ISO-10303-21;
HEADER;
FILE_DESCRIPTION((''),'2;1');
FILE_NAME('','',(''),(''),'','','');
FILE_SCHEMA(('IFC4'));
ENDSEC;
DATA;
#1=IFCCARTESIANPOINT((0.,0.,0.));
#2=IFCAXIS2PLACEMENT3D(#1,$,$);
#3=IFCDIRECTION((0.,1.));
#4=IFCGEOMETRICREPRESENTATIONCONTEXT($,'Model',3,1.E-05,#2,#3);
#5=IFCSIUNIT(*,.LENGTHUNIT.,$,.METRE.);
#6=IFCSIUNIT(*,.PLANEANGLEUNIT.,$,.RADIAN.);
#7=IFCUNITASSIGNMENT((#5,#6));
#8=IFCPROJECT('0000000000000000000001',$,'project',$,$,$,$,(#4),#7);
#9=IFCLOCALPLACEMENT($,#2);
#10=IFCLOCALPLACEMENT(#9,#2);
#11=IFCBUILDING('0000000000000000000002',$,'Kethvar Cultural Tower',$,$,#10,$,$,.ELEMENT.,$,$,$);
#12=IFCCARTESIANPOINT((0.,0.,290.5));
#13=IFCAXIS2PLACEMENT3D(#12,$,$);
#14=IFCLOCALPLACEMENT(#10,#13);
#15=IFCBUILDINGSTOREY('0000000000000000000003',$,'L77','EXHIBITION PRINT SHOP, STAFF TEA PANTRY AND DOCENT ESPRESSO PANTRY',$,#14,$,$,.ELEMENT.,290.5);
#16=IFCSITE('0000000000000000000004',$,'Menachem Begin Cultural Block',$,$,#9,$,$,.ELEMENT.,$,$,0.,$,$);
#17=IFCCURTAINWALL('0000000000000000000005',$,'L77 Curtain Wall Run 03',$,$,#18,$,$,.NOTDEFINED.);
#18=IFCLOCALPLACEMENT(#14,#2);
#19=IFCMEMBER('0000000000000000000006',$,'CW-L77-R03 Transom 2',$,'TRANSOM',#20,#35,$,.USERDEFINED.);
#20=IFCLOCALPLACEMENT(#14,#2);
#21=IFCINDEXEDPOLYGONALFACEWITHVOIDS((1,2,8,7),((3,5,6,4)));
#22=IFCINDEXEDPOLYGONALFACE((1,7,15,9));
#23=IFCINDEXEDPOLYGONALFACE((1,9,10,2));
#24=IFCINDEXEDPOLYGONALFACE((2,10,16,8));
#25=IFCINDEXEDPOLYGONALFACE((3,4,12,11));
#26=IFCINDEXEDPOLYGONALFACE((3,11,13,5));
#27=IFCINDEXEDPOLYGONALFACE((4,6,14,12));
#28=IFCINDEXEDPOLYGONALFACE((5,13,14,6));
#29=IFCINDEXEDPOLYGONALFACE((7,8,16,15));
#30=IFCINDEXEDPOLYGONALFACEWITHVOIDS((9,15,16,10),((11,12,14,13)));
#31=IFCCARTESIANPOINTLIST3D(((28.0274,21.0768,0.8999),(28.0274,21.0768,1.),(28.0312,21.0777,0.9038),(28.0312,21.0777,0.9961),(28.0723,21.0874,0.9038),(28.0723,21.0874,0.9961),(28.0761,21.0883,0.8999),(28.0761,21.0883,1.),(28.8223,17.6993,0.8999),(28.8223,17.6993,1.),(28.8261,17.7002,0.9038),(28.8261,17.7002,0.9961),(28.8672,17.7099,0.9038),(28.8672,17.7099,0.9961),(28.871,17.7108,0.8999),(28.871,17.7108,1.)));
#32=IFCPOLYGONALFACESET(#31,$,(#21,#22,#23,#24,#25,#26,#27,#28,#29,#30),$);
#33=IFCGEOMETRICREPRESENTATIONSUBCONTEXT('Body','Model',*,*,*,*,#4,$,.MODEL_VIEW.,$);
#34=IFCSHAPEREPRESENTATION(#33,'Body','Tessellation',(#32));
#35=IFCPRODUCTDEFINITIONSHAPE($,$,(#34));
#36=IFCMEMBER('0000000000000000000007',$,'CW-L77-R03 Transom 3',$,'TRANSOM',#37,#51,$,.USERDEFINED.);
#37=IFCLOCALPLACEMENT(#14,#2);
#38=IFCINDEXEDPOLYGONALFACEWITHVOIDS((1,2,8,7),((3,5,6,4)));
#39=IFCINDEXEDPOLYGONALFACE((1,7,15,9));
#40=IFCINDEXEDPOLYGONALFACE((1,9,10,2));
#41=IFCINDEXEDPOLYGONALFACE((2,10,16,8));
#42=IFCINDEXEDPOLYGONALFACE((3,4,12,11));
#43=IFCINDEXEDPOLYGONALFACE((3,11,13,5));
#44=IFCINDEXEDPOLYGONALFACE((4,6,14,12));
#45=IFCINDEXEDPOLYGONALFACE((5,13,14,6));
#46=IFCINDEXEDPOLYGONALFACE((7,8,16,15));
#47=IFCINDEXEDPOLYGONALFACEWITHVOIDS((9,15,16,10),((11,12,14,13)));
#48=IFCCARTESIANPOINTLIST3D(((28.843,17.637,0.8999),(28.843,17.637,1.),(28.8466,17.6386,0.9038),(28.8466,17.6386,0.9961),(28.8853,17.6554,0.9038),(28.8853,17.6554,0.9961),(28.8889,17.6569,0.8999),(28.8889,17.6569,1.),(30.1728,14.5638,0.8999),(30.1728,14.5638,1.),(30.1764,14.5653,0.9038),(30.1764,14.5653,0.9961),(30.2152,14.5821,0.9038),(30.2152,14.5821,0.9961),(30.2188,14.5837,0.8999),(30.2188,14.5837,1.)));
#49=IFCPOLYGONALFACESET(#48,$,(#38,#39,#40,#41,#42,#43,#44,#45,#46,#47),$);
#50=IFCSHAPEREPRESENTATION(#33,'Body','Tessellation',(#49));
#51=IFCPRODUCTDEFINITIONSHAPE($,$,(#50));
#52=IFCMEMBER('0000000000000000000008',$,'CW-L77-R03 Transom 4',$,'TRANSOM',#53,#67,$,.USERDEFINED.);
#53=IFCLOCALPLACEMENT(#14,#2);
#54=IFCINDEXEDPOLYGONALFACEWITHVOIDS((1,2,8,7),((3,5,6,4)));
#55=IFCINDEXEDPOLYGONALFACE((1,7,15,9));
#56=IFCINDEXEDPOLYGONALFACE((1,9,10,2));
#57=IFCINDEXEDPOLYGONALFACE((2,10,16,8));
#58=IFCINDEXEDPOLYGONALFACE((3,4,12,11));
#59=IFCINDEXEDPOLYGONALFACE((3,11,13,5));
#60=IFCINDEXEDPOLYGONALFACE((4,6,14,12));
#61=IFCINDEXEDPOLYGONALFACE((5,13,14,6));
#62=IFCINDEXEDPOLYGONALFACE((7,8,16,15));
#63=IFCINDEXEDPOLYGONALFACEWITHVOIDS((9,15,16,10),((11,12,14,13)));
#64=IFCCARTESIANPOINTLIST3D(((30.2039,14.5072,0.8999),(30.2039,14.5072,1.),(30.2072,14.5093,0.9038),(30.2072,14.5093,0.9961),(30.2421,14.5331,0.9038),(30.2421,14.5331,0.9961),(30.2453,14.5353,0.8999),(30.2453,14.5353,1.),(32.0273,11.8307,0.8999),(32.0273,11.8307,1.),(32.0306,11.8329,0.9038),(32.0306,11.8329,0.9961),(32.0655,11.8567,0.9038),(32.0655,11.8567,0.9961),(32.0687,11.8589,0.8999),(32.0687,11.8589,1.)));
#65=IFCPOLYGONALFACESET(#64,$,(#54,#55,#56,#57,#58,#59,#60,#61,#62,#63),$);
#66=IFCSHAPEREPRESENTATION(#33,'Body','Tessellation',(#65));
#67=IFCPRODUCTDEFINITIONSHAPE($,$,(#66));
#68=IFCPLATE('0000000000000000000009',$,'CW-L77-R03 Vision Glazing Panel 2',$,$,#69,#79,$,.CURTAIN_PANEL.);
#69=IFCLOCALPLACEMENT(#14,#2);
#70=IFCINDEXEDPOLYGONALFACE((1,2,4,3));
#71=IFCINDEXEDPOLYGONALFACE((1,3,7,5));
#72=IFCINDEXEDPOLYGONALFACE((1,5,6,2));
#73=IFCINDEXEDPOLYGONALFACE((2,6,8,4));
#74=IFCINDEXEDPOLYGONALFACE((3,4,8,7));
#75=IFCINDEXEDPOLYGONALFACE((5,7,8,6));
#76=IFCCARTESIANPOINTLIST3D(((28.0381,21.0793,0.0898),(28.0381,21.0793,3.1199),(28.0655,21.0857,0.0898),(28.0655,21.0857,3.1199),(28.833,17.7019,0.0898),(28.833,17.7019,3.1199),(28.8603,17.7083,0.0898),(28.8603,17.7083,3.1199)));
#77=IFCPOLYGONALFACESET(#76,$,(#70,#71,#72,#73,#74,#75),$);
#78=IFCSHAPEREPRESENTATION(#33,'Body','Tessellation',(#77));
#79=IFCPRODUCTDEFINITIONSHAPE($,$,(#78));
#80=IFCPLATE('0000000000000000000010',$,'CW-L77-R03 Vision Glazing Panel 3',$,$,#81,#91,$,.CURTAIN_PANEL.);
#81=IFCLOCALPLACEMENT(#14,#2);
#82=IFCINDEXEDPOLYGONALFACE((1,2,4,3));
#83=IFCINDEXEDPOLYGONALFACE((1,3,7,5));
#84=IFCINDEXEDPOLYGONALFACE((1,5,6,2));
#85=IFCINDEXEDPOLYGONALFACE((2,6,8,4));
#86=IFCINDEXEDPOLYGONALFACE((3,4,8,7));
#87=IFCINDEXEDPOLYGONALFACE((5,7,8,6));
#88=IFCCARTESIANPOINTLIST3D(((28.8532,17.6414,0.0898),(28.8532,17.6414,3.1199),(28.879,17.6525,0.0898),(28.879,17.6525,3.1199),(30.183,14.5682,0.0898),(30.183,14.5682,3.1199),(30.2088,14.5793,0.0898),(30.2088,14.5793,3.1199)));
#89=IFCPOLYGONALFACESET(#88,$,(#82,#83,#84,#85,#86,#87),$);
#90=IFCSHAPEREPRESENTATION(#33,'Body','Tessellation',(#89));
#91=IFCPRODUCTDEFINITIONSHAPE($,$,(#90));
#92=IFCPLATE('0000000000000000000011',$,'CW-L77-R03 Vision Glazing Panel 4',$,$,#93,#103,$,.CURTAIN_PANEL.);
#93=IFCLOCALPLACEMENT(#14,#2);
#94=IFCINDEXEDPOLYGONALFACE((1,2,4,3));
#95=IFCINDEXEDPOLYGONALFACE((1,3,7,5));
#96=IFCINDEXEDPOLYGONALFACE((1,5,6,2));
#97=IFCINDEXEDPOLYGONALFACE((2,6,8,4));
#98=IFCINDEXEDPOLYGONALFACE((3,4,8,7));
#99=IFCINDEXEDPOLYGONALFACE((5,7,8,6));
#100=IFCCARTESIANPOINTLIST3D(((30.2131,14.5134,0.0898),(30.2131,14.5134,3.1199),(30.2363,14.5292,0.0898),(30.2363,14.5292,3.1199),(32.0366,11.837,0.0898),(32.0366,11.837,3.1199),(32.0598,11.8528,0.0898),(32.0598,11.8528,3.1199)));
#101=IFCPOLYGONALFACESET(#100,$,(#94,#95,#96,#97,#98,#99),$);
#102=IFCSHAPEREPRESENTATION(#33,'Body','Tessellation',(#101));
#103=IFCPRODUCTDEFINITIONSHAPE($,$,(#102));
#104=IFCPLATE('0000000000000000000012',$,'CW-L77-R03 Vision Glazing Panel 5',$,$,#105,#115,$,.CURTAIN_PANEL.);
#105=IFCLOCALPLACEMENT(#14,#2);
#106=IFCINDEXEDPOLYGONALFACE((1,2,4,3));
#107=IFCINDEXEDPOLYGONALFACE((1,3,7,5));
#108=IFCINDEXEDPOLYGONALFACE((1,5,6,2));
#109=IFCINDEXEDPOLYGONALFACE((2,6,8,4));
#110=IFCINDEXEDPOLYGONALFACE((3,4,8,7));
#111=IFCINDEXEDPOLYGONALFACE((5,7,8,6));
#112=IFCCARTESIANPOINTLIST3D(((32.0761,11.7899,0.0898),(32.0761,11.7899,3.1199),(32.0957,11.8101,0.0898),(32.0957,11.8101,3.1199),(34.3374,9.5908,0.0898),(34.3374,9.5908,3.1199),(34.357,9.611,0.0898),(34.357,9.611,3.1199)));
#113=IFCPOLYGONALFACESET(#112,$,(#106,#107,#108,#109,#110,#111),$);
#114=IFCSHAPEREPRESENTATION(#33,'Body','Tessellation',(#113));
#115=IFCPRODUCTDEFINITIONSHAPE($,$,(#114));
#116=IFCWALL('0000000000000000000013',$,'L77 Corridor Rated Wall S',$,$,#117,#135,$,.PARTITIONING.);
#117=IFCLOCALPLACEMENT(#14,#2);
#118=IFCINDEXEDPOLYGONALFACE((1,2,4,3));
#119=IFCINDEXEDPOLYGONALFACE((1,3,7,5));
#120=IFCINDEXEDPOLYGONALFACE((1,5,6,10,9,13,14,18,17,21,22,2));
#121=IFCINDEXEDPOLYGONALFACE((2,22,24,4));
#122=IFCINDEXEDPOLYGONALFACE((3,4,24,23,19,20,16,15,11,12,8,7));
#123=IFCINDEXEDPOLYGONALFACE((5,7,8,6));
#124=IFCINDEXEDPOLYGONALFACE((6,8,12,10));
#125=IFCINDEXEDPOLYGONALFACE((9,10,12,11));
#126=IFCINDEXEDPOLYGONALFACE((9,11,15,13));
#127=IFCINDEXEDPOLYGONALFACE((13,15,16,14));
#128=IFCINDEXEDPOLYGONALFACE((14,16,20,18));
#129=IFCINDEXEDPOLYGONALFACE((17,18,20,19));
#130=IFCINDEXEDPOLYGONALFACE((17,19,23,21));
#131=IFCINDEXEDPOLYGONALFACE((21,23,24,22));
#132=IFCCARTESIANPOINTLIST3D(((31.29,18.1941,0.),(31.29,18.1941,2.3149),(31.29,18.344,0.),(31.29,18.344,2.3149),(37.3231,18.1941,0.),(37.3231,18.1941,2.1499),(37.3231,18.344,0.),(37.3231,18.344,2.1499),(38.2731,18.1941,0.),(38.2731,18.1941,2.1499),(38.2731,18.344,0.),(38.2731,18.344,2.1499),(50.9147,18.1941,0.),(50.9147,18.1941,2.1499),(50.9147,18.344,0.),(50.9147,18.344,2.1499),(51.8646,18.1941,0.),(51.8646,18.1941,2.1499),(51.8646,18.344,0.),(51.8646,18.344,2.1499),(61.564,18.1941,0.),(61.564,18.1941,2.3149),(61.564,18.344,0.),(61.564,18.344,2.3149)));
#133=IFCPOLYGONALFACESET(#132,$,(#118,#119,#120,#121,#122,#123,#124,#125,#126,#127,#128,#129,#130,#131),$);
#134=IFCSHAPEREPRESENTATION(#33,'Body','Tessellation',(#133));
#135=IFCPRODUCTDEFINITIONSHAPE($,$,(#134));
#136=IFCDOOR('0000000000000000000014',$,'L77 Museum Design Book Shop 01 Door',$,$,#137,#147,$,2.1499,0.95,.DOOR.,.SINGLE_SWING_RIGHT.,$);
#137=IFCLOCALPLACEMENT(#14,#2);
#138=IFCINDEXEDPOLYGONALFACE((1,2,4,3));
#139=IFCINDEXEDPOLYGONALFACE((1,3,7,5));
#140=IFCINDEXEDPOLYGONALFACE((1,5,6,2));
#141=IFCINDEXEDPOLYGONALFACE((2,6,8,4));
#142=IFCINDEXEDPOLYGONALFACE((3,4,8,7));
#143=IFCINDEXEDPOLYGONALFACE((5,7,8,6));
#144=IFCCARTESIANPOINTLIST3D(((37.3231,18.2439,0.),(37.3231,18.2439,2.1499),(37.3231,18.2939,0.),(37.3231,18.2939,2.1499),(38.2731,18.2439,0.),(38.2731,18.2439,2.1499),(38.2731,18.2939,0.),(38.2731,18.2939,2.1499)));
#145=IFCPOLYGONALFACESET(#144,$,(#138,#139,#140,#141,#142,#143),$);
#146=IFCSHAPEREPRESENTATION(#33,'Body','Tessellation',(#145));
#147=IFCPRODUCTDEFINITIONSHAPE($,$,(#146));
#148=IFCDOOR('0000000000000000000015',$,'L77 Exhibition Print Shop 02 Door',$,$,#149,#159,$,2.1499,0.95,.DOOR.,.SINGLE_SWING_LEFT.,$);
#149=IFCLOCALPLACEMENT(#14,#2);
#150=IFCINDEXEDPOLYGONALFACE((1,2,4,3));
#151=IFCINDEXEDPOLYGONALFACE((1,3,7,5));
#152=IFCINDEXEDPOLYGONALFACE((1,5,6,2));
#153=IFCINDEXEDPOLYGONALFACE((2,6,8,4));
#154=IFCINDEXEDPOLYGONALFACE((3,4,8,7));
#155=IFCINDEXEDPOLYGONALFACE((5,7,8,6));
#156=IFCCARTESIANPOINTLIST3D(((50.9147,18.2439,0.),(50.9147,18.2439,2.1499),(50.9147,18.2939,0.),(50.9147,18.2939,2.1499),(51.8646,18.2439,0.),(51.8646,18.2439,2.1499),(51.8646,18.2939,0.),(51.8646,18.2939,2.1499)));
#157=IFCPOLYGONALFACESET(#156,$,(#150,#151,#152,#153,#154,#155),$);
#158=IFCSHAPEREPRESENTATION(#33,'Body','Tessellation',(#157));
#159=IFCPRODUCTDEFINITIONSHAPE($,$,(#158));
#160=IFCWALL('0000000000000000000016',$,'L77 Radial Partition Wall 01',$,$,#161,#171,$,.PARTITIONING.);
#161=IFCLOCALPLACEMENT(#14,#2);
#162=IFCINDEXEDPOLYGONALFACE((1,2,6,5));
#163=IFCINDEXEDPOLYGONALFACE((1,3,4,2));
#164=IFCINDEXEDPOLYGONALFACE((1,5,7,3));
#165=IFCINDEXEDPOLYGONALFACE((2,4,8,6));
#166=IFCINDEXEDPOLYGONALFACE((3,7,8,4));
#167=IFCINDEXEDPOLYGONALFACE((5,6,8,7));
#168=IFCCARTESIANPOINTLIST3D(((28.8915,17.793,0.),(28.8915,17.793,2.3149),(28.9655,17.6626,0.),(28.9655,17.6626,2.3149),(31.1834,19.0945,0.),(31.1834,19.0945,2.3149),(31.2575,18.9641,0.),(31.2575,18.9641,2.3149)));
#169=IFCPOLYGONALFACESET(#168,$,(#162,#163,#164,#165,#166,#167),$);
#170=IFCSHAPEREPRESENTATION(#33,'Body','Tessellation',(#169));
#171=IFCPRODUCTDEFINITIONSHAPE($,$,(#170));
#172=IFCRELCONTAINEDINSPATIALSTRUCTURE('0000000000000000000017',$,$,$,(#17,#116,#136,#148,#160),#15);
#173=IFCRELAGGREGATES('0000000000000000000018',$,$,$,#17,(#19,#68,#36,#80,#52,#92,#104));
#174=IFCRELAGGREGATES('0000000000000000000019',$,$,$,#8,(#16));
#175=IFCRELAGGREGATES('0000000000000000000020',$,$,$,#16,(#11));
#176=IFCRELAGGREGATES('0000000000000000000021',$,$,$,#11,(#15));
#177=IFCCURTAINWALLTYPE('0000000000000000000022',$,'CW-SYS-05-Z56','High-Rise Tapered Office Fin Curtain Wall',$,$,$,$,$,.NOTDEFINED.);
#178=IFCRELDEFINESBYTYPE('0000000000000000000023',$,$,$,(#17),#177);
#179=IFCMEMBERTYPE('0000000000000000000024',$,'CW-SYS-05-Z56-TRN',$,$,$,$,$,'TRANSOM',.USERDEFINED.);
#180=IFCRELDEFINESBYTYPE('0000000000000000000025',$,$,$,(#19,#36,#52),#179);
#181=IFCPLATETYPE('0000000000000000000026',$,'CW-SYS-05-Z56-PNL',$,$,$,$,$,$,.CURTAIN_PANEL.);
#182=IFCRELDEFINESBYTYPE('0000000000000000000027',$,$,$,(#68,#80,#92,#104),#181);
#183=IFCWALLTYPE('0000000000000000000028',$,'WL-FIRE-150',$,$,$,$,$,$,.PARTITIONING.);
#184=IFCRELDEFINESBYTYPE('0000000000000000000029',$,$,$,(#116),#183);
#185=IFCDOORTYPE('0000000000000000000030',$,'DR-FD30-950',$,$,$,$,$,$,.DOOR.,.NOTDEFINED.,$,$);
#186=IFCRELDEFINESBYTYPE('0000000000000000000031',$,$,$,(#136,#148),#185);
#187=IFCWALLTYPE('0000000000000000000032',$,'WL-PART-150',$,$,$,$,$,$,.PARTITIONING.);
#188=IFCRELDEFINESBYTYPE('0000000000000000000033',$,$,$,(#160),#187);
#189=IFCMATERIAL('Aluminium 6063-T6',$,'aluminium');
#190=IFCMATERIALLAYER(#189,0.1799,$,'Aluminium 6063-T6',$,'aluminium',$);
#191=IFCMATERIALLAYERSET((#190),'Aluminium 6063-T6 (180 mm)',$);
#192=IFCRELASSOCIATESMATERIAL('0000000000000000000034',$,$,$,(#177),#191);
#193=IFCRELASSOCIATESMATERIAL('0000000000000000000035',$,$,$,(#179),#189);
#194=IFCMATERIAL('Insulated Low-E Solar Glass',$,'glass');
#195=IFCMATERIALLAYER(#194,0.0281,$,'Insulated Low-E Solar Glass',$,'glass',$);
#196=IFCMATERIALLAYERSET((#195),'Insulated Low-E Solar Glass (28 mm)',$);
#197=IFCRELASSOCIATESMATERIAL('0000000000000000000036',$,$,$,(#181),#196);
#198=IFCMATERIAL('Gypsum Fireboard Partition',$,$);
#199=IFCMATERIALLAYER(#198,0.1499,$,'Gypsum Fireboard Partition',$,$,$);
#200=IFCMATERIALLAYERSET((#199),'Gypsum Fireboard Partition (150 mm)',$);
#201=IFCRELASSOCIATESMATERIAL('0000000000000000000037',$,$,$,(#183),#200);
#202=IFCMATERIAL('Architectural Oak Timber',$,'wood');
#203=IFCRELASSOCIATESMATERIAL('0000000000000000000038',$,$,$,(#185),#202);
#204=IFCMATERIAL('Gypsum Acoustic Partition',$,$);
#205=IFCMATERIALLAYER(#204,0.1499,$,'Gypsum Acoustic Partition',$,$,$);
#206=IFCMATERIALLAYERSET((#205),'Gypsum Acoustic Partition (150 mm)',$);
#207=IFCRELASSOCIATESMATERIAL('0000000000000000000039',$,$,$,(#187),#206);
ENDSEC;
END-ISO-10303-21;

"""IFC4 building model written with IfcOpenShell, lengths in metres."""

from ifc_helpers import new_model, si_unit, direction, frame, frame_2d, origin, origin_2d, place, context, subcontext, project, spatial, rectangle, hollow_rectangle, extrude, source, transform, mapped, material, layer, layer_set, material_profile, profile_set, type_object, element, fill, aggregate, save


model = new_model("IFC4")

# Units and contexts
model_context = context("Model", 3, precision=1e-05, world=origin(), true_north=direction((0.0, 1.0)))
body_context = subcontext(model_context, "Body", "Model", "MODEL_VIEW")
ifc_project = project(units=[si_unit("LENGTHUNIT", "METRE"), si_unit("PLANEANGLEUNIT", "RADIAN")], contexts=[model_context])

# Site, building, storey
site_placement = place(None, origin())
site = spatial("IfcSite", under=ifc_project, at=site_placement, Name="Menachem Begin Cultural Block", CompositionType="ELEMENT", RefElevation=0.0)
building_placement = place(site_placement, origin())
building = spatial("IfcBuilding", under=site, at=building_placement, Name="Kethvar Cultural Tower", CompositionType="ELEMENT")
storey_placement = place(building_placement, frame((0.0, 0.0, 290.5)))
storey = spatial("IfcBuildingStorey", under=building, at=storey_placement, Name="L77", Description="EXHIBITION PRINT SHOP, STAFF TEA PANTRY AND DOCENT ESPRESSO PANTRY", CompositionType="ELEMENT", Elevation=290.5)

# Curtain wall, members, plates
ifc_material_1 = material(Name="Aluminium 6063-T6", Category="aluminium")
ifc_layer_1 = layer(ifc_material_1, 0.1799, Name="Aluminium 6063-T6", Category="aluminium")
ifc_layer_set_1 = layer_set([ifc_layer_1], Name="Aluminium 6063-T6 (180 mm)")
curtain_wall_type = type_object("IfcCurtainWallType", Name="CW-SYS-05-Z56", Description="High-Rise Tapered Office Fin Curtain Wall", PredefinedType="NOTDEFINED", material=ifc_layer_set_1)
curtain_wall_placement = place(storey_placement, origin())
curtain_wall = element("IfcCurtainWall", 1, at=curtain_wall_placement, inside=storey, type_object=curtain_wall_type, Name="L77 Curtain Wall Run 03", PredefinedType="NOTDEFINED")
ifc_material_profile_1 = material_profile(ifc_material_1, hollow_rectangle(XDim=0.05, YDim=0.1001, WallThickness=0.0039, at=origin_2d()), Name="Aluminium 6063-T6 — RHS100x50x4")
ifc_profile_set_1 = profile_set([ifc_material_profile_1], Name="Aluminium 6063-T6 — RHS100x50x4")
member_type_1 = type_object("IfcMemberType", Name="CW-SYS-05-Z56-TRN", ElementType="TRANSOM", PredefinedType="USERDEFINED", material=ifc_profile_set_1)
shared_shape_1 = source(origin(), body_context, "Body", "SweptSolid", [
    extrude(hollow_rectangle(XDim=0.05, YDim=0.1001, WallThickness=0.0039, at=origin_2d()), origin(), (0.0, 0.0, 1.0), 3.4697),
])
member_1_placement = place(storey_placement, frame((28.0518, 21.0825, 0.95), z_axis=(0.229102, -0.973402, 0.0), x_axis=(0.973402, 0.229102, 0.0)))
member_1 = element("IfcMember", 2, at=member_1_placement, type_object=member_type_1, Name="CW-L77-R03 Transom 2", ObjectType="TRANSOM", PredefinedType="USERDEFINED", context=body_context, shape_type="MappedRepresentation", body=[
    mapped(shared_shape_1, transform((0.0, 0.0, 0.0), scale=1.0)),
])
shared_shape_2 = source(origin(), body_context, "Body", "SweptSolid", [
    extrude(hollow_rectangle(XDim=0.05, YDim=0.1001, WallThickness=0.0039, at=origin_2d()), origin(), (0.0, 0.0, 1.0), 3.3486),
])
member_2_placement = place(storey_placement, frame((28.866, 17.647, 0.95), z_axis=(0.397129, -0.917763, 0.0), x_axis=(0.917763, 0.397129, 0.0)))
member_2 = element("IfcMember", 3, at=member_2_placement, type_object=member_type_1, Name="CW-L77-R03 Transom 3", ObjectType="TRANSOM", PredefinedType="USERDEFINED", context=body_context, shape_type="MappedRepresentation", body=[
    mapped(shared_shape_2, transform((0.0, 0.0, 0.0), scale=1.0)),
])
shared_shape_3 = source(origin(), body_context, "Body", "SweptSolid", [
    extrude(hollow_rectangle(XDim=0.05, YDim=0.1001, WallThickness=0.0039, at=origin_2d()), origin(), (0.0, 0.0, 1.0), 3.2385),
])
member_3_placement = place(storey_placement, frame((30.2246, 14.5212, 0.95), z_axis=(0.56304, -0.82643, 0.0), x_axis=(0.82643, 0.56304, 0.0)))
member_3 = element("IfcMember", 4, at=member_3_placement, type_object=member_type_1, Name="CW-L77-R03 Transom 4", ObjectType="TRANSOM", PredefinedType="USERDEFINED", context=body_context, shape_type="MappedRepresentation", body=[
    mapped(shared_shape_3, transform((0.0, 0.0, 0.0), scale=1.0)),
])
ifc_material_2 = material(Name="Insulated Low-E Solar Glass", Category="glass")
ifc_layer_2 = layer(ifc_material_2, 0.0281, Name="Insulated Low-E Solar Glass", Category="glass")
ifc_layer_set_2 = layer_set([ifc_layer_2], Name="Insulated Low-E Solar Glass (28 mm)")
plate_type = type_object("IfcPlateType", Name="CW-SYS-05-Z56-PNL", PredefinedType="CURTAIN_PANEL", material=ifc_layer_set_2)
shared_shape_4 = source(origin(), body_context, "Body", "SweptSolid", [
    extrude(rectangle(XDim=3.4697, YDim=0.0281, at=origin_2d()), origin(), (0.0, 0.0, 1.0), 3.03),
])
plate_1_placement = place(storey_placement, frame((28.4492, 19.3938, 0.0898), z_axis=(0.0, 0.0, 1.0), x_axis=(0.229081, -0.973407, 0.0)))
plate_1 = element("IfcPlate", 5, at=plate_1_placement, type_object=plate_type, Name="CW-L77-R03 Vision Glazing Panel 2", PredefinedType="CURTAIN_PANEL", context=body_context, shape_type="MappedRepresentation", body=[
    mapped(shared_shape_4, transform((0.0, 0.0, 0.0), scale=1.0)),
])
shared_shape_5 = source(origin(), body_context, "Body", "SweptSolid", [
    extrude(rectangle(XDim=3.3486, YDim=0.0281, at=origin_2d()), origin(), (0.0, 0.0, 1.0), 3.03),
])
plate_2_placement = place(storey_placement, frame((29.531, 16.1104, 0.0898), z_axis=(0.0, 0.0, 1.0), x_axis=(0.397132, -0.917762, 0.0)))
plate_2 = element("IfcPlate", 6, at=plate_2_placement, type_object=plate_type, Name="CW-L77-R03 Vision Glazing Panel 3", PredefinedType="CURTAIN_PANEL", context=body_context, shape_type="MappedRepresentation", body=[
    mapped(shared_shape_5, transform((0.0, 0.0, 0.0), scale=1.0)),
])
shared_shape_6 = source(origin(), body_context, "Body", "SweptSolid", [
    extrude(rectangle(XDim=3.2385, YDim=0.0281, at=origin_2d()), origin(), (0.0, 0.0, 1.0), 3.03),
])
plate_3_placement = place(storey_placement, frame((31.1365, 13.1831, 0.0898), z_axis=(0.0, 0.0, 1.0), x_axis=(0.563065, -0.826413, 0.0)))
plate_3 = element("IfcPlate", 7, at=plate_3_placement, type_object=plate_type, Name="CW-L77-R03 Vision Glazing Panel 4", PredefinedType="CURTAIN_PANEL", context=body_context, shape_type="MappedRepresentation", body=[
    mapped(shared_shape_6, transform((0.0, 0.0, 0.0), scale=1.0)),
])
shared_shape_7 = source(origin(), body_context, "Body", "SweptSolid", [
    extrude(rectangle(XDim=3.1543, YDim=0.0281, at=origin_2d()), origin(), (0.0, 0.0, 1.0), 3.03),
])
plate_4_placement = place(storey_placement, frame((33.2166, 10.7004, 0.0898), z_axis=(0.0, 0.0, 1.0), x_axis=(0.716898, -0.697178, 0.0)))
plate_4 = element("IfcPlate", 8, at=plate_4_placement, type_object=plate_type, Name="CW-L77-R03 Vision Glazing Panel 5", PredefinedType="CURTAIN_PANEL", context=body_context, shape_type="MappedRepresentation", body=[
    mapped(shared_shape_7, transform((0.0, 0.0, 0.0), scale=1.0)),
])
aggregate(curtain_wall, [member_1, plate_1, member_2, plate_2, member_3, plate_3, plate_4])

# Wall, openings, doors
ifc_material_3 = material(Name="Gypsum Fireboard Partition")
ifc_layer_3 = layer(ifc_material_3, 0.1499, Name="Gypsum Fireboard Partition")
ifc_layer_set_3 = layer_set([ifc_layer_3], Name="Gypsum Fireboard Partition (150 mm)")
wall_type_1 = type_object("IfcWallType", Name="WL-FIRE-150", PredefinedType="PARTITIONING", material=ifc_layer_set_3)
wall_1_placement = place(storey_placement, frame((31.29, 18.269, 0.0), z_axis=(0.0, 0.0, 1.0), x_axis=(1.0, 0.0, 0.0)))
wall_1 = element("IfcWall", 9, at=wall_1_placement, inside=storey, type_object=wall_type_1, Name="L77 Corridor Rated Wall S", PredefinedType="PARTITIONING", context=body_context, shape_type="SweptSolid", body=[
    extrude(rectangle(XDim=30.2739, YDim=0.1499, at=frame_2d((15.137, 0.0))), origin(), (0.0, 0.0, 1.0), 2.3149),
])
opening_1_placement = place(wall_1_placement, frame((6.033, 0.0, 0.0)))
opening_1 = element("IfcOpeningElement", 10, at=opening_1_placement, cuts=wall_1, PredefinedType="OPENING", context=body_context, shape_type="SweptSolid", body=[
    extrude(rectangle(XDim=0.95, YDim=2.1499, at=frame_2d((0.4751, 1.075))), frame((0.0, 0.085, 0.0), z_axis=(0.0, -1.0, 0.0), x_axis=(1.0, 0.0, 0.0)), (0.0, 0.0, 1.0), 0.1699),
])
opening_2_placement = place(wall_1_placement, frame((19.6245, 0.0, 0.0)))
opening_2 = element("IfcOpeningElement", 11, at=opening_2_placement, cuts=wall_1, PredefinedType="OPENING", context=body_context, shape_type="SweptSolid", body=[
    extrude(rectangle(XDim=0.95, YDim=2.1499, at=frame_2d((0.4751, 1.075))), frame((0.0, 0.085, 0.0), z_axis=(0.0, -1.0, 0.0), x_axis=(1.0, 0.0, 0.0)), (0.0, 0.0, 1.0), 0.1699),
])
ifc_material_4 = material(Name="Architectural Oak Timber", Category="wood")
door_type = type_object("IfcDoorType", Name="DR-FD30-950", OperationType="NOTDEFINED", PredefinedType="DOOR", material=ifc_material_4)
shared_shape_8 = source(origin(), body_context, "Body", "SweptSolid", [
    extrude(rectangle(XDim=0.95, YDim=2.1499, at=frame_2d((0.4751, 1.075))), frame((0.0, 0.0249, 0.0), z_axis=(0.0, -1.0, 0.0), x_axis=(1.0, 0.0, 0.0)), (0.0, 0.0, 1.0), 0.05),
])
door_1_placement = place(opening_1_placement, origin())
door_1 = element("IfcDoor", 12, at=door_1_placement, inside=storey, type_object=door_type, Name="L77 Museum Design Book Shop 01 Door", OperationType="SINGLE_SWING_RIGHT", OverallHeight=2.1499, OverallWidth=0.95, PredefinedType="DOOR", context=body_context, shape_type="MappedRepresentation", body=[
    mapped(shared_shape_8, transform((0.0, 0.0, 0.0), scale=1.0)),
])
fill(opening_1, door_1)
door_2_placement = place(opening_2_placement, origin())
door_2 = element("IfcDoor", 13, at=door_2_placement, inside=storey, type_object=door_type, Name="L77 Exhibition Print Shop 02 Door", OperationType="SINGLE_SWING_LEFT", OverallHeight=2.1499, OverallWidth=0.95, PredefinedType="DOOR", context=body_context, shape_type="MappedRepresentation", body=[
    mapped(shared_shape_8, transform((0.0, 0.0, 0.0), scale=1.0)),
])
fill(opening_2, door_2)

# Wall
ifc_material_5 = material(Name="Gypsum Acoustic Partition")
ifc_layer_4 = layer(ifc_material_5, 0.1499, Name="Gypsum Acoustic Partition")
ifc_layer_set_4 = layer_set([ifc_layer_4], Name="Gypsum Acoustic Partition (150 mm)")
wall_type_2 = type_object("IfcWallType", Name="WL-PART-150", PredefinedType="PARTITIONING", material=ifc_layer_set_4)
wall_2_placement = place(storey_placement, frame((31.2205, 19.0293, 0.0), z_axis=(0.0, 0.0, 1.0), x_axis=(-0.86958, -0.493793, 0.0)))
element("IfcWall", 14, at=wall_2_placement, inside=storey, type_object=wall_type_2, Name="L77 Radial Partition Wall 01", PredefinedType="PARTITIONING", context=body_context, shape_type="SweptSolid", body=[
    extrude(rectangle(XDim=2.6357, YDim=0.1499, at=frame_2d((1.3179, 0.0))), origin(), (0.0, 0.0, 1.0), 2.3149),
])

save(model, "model.ifc")
